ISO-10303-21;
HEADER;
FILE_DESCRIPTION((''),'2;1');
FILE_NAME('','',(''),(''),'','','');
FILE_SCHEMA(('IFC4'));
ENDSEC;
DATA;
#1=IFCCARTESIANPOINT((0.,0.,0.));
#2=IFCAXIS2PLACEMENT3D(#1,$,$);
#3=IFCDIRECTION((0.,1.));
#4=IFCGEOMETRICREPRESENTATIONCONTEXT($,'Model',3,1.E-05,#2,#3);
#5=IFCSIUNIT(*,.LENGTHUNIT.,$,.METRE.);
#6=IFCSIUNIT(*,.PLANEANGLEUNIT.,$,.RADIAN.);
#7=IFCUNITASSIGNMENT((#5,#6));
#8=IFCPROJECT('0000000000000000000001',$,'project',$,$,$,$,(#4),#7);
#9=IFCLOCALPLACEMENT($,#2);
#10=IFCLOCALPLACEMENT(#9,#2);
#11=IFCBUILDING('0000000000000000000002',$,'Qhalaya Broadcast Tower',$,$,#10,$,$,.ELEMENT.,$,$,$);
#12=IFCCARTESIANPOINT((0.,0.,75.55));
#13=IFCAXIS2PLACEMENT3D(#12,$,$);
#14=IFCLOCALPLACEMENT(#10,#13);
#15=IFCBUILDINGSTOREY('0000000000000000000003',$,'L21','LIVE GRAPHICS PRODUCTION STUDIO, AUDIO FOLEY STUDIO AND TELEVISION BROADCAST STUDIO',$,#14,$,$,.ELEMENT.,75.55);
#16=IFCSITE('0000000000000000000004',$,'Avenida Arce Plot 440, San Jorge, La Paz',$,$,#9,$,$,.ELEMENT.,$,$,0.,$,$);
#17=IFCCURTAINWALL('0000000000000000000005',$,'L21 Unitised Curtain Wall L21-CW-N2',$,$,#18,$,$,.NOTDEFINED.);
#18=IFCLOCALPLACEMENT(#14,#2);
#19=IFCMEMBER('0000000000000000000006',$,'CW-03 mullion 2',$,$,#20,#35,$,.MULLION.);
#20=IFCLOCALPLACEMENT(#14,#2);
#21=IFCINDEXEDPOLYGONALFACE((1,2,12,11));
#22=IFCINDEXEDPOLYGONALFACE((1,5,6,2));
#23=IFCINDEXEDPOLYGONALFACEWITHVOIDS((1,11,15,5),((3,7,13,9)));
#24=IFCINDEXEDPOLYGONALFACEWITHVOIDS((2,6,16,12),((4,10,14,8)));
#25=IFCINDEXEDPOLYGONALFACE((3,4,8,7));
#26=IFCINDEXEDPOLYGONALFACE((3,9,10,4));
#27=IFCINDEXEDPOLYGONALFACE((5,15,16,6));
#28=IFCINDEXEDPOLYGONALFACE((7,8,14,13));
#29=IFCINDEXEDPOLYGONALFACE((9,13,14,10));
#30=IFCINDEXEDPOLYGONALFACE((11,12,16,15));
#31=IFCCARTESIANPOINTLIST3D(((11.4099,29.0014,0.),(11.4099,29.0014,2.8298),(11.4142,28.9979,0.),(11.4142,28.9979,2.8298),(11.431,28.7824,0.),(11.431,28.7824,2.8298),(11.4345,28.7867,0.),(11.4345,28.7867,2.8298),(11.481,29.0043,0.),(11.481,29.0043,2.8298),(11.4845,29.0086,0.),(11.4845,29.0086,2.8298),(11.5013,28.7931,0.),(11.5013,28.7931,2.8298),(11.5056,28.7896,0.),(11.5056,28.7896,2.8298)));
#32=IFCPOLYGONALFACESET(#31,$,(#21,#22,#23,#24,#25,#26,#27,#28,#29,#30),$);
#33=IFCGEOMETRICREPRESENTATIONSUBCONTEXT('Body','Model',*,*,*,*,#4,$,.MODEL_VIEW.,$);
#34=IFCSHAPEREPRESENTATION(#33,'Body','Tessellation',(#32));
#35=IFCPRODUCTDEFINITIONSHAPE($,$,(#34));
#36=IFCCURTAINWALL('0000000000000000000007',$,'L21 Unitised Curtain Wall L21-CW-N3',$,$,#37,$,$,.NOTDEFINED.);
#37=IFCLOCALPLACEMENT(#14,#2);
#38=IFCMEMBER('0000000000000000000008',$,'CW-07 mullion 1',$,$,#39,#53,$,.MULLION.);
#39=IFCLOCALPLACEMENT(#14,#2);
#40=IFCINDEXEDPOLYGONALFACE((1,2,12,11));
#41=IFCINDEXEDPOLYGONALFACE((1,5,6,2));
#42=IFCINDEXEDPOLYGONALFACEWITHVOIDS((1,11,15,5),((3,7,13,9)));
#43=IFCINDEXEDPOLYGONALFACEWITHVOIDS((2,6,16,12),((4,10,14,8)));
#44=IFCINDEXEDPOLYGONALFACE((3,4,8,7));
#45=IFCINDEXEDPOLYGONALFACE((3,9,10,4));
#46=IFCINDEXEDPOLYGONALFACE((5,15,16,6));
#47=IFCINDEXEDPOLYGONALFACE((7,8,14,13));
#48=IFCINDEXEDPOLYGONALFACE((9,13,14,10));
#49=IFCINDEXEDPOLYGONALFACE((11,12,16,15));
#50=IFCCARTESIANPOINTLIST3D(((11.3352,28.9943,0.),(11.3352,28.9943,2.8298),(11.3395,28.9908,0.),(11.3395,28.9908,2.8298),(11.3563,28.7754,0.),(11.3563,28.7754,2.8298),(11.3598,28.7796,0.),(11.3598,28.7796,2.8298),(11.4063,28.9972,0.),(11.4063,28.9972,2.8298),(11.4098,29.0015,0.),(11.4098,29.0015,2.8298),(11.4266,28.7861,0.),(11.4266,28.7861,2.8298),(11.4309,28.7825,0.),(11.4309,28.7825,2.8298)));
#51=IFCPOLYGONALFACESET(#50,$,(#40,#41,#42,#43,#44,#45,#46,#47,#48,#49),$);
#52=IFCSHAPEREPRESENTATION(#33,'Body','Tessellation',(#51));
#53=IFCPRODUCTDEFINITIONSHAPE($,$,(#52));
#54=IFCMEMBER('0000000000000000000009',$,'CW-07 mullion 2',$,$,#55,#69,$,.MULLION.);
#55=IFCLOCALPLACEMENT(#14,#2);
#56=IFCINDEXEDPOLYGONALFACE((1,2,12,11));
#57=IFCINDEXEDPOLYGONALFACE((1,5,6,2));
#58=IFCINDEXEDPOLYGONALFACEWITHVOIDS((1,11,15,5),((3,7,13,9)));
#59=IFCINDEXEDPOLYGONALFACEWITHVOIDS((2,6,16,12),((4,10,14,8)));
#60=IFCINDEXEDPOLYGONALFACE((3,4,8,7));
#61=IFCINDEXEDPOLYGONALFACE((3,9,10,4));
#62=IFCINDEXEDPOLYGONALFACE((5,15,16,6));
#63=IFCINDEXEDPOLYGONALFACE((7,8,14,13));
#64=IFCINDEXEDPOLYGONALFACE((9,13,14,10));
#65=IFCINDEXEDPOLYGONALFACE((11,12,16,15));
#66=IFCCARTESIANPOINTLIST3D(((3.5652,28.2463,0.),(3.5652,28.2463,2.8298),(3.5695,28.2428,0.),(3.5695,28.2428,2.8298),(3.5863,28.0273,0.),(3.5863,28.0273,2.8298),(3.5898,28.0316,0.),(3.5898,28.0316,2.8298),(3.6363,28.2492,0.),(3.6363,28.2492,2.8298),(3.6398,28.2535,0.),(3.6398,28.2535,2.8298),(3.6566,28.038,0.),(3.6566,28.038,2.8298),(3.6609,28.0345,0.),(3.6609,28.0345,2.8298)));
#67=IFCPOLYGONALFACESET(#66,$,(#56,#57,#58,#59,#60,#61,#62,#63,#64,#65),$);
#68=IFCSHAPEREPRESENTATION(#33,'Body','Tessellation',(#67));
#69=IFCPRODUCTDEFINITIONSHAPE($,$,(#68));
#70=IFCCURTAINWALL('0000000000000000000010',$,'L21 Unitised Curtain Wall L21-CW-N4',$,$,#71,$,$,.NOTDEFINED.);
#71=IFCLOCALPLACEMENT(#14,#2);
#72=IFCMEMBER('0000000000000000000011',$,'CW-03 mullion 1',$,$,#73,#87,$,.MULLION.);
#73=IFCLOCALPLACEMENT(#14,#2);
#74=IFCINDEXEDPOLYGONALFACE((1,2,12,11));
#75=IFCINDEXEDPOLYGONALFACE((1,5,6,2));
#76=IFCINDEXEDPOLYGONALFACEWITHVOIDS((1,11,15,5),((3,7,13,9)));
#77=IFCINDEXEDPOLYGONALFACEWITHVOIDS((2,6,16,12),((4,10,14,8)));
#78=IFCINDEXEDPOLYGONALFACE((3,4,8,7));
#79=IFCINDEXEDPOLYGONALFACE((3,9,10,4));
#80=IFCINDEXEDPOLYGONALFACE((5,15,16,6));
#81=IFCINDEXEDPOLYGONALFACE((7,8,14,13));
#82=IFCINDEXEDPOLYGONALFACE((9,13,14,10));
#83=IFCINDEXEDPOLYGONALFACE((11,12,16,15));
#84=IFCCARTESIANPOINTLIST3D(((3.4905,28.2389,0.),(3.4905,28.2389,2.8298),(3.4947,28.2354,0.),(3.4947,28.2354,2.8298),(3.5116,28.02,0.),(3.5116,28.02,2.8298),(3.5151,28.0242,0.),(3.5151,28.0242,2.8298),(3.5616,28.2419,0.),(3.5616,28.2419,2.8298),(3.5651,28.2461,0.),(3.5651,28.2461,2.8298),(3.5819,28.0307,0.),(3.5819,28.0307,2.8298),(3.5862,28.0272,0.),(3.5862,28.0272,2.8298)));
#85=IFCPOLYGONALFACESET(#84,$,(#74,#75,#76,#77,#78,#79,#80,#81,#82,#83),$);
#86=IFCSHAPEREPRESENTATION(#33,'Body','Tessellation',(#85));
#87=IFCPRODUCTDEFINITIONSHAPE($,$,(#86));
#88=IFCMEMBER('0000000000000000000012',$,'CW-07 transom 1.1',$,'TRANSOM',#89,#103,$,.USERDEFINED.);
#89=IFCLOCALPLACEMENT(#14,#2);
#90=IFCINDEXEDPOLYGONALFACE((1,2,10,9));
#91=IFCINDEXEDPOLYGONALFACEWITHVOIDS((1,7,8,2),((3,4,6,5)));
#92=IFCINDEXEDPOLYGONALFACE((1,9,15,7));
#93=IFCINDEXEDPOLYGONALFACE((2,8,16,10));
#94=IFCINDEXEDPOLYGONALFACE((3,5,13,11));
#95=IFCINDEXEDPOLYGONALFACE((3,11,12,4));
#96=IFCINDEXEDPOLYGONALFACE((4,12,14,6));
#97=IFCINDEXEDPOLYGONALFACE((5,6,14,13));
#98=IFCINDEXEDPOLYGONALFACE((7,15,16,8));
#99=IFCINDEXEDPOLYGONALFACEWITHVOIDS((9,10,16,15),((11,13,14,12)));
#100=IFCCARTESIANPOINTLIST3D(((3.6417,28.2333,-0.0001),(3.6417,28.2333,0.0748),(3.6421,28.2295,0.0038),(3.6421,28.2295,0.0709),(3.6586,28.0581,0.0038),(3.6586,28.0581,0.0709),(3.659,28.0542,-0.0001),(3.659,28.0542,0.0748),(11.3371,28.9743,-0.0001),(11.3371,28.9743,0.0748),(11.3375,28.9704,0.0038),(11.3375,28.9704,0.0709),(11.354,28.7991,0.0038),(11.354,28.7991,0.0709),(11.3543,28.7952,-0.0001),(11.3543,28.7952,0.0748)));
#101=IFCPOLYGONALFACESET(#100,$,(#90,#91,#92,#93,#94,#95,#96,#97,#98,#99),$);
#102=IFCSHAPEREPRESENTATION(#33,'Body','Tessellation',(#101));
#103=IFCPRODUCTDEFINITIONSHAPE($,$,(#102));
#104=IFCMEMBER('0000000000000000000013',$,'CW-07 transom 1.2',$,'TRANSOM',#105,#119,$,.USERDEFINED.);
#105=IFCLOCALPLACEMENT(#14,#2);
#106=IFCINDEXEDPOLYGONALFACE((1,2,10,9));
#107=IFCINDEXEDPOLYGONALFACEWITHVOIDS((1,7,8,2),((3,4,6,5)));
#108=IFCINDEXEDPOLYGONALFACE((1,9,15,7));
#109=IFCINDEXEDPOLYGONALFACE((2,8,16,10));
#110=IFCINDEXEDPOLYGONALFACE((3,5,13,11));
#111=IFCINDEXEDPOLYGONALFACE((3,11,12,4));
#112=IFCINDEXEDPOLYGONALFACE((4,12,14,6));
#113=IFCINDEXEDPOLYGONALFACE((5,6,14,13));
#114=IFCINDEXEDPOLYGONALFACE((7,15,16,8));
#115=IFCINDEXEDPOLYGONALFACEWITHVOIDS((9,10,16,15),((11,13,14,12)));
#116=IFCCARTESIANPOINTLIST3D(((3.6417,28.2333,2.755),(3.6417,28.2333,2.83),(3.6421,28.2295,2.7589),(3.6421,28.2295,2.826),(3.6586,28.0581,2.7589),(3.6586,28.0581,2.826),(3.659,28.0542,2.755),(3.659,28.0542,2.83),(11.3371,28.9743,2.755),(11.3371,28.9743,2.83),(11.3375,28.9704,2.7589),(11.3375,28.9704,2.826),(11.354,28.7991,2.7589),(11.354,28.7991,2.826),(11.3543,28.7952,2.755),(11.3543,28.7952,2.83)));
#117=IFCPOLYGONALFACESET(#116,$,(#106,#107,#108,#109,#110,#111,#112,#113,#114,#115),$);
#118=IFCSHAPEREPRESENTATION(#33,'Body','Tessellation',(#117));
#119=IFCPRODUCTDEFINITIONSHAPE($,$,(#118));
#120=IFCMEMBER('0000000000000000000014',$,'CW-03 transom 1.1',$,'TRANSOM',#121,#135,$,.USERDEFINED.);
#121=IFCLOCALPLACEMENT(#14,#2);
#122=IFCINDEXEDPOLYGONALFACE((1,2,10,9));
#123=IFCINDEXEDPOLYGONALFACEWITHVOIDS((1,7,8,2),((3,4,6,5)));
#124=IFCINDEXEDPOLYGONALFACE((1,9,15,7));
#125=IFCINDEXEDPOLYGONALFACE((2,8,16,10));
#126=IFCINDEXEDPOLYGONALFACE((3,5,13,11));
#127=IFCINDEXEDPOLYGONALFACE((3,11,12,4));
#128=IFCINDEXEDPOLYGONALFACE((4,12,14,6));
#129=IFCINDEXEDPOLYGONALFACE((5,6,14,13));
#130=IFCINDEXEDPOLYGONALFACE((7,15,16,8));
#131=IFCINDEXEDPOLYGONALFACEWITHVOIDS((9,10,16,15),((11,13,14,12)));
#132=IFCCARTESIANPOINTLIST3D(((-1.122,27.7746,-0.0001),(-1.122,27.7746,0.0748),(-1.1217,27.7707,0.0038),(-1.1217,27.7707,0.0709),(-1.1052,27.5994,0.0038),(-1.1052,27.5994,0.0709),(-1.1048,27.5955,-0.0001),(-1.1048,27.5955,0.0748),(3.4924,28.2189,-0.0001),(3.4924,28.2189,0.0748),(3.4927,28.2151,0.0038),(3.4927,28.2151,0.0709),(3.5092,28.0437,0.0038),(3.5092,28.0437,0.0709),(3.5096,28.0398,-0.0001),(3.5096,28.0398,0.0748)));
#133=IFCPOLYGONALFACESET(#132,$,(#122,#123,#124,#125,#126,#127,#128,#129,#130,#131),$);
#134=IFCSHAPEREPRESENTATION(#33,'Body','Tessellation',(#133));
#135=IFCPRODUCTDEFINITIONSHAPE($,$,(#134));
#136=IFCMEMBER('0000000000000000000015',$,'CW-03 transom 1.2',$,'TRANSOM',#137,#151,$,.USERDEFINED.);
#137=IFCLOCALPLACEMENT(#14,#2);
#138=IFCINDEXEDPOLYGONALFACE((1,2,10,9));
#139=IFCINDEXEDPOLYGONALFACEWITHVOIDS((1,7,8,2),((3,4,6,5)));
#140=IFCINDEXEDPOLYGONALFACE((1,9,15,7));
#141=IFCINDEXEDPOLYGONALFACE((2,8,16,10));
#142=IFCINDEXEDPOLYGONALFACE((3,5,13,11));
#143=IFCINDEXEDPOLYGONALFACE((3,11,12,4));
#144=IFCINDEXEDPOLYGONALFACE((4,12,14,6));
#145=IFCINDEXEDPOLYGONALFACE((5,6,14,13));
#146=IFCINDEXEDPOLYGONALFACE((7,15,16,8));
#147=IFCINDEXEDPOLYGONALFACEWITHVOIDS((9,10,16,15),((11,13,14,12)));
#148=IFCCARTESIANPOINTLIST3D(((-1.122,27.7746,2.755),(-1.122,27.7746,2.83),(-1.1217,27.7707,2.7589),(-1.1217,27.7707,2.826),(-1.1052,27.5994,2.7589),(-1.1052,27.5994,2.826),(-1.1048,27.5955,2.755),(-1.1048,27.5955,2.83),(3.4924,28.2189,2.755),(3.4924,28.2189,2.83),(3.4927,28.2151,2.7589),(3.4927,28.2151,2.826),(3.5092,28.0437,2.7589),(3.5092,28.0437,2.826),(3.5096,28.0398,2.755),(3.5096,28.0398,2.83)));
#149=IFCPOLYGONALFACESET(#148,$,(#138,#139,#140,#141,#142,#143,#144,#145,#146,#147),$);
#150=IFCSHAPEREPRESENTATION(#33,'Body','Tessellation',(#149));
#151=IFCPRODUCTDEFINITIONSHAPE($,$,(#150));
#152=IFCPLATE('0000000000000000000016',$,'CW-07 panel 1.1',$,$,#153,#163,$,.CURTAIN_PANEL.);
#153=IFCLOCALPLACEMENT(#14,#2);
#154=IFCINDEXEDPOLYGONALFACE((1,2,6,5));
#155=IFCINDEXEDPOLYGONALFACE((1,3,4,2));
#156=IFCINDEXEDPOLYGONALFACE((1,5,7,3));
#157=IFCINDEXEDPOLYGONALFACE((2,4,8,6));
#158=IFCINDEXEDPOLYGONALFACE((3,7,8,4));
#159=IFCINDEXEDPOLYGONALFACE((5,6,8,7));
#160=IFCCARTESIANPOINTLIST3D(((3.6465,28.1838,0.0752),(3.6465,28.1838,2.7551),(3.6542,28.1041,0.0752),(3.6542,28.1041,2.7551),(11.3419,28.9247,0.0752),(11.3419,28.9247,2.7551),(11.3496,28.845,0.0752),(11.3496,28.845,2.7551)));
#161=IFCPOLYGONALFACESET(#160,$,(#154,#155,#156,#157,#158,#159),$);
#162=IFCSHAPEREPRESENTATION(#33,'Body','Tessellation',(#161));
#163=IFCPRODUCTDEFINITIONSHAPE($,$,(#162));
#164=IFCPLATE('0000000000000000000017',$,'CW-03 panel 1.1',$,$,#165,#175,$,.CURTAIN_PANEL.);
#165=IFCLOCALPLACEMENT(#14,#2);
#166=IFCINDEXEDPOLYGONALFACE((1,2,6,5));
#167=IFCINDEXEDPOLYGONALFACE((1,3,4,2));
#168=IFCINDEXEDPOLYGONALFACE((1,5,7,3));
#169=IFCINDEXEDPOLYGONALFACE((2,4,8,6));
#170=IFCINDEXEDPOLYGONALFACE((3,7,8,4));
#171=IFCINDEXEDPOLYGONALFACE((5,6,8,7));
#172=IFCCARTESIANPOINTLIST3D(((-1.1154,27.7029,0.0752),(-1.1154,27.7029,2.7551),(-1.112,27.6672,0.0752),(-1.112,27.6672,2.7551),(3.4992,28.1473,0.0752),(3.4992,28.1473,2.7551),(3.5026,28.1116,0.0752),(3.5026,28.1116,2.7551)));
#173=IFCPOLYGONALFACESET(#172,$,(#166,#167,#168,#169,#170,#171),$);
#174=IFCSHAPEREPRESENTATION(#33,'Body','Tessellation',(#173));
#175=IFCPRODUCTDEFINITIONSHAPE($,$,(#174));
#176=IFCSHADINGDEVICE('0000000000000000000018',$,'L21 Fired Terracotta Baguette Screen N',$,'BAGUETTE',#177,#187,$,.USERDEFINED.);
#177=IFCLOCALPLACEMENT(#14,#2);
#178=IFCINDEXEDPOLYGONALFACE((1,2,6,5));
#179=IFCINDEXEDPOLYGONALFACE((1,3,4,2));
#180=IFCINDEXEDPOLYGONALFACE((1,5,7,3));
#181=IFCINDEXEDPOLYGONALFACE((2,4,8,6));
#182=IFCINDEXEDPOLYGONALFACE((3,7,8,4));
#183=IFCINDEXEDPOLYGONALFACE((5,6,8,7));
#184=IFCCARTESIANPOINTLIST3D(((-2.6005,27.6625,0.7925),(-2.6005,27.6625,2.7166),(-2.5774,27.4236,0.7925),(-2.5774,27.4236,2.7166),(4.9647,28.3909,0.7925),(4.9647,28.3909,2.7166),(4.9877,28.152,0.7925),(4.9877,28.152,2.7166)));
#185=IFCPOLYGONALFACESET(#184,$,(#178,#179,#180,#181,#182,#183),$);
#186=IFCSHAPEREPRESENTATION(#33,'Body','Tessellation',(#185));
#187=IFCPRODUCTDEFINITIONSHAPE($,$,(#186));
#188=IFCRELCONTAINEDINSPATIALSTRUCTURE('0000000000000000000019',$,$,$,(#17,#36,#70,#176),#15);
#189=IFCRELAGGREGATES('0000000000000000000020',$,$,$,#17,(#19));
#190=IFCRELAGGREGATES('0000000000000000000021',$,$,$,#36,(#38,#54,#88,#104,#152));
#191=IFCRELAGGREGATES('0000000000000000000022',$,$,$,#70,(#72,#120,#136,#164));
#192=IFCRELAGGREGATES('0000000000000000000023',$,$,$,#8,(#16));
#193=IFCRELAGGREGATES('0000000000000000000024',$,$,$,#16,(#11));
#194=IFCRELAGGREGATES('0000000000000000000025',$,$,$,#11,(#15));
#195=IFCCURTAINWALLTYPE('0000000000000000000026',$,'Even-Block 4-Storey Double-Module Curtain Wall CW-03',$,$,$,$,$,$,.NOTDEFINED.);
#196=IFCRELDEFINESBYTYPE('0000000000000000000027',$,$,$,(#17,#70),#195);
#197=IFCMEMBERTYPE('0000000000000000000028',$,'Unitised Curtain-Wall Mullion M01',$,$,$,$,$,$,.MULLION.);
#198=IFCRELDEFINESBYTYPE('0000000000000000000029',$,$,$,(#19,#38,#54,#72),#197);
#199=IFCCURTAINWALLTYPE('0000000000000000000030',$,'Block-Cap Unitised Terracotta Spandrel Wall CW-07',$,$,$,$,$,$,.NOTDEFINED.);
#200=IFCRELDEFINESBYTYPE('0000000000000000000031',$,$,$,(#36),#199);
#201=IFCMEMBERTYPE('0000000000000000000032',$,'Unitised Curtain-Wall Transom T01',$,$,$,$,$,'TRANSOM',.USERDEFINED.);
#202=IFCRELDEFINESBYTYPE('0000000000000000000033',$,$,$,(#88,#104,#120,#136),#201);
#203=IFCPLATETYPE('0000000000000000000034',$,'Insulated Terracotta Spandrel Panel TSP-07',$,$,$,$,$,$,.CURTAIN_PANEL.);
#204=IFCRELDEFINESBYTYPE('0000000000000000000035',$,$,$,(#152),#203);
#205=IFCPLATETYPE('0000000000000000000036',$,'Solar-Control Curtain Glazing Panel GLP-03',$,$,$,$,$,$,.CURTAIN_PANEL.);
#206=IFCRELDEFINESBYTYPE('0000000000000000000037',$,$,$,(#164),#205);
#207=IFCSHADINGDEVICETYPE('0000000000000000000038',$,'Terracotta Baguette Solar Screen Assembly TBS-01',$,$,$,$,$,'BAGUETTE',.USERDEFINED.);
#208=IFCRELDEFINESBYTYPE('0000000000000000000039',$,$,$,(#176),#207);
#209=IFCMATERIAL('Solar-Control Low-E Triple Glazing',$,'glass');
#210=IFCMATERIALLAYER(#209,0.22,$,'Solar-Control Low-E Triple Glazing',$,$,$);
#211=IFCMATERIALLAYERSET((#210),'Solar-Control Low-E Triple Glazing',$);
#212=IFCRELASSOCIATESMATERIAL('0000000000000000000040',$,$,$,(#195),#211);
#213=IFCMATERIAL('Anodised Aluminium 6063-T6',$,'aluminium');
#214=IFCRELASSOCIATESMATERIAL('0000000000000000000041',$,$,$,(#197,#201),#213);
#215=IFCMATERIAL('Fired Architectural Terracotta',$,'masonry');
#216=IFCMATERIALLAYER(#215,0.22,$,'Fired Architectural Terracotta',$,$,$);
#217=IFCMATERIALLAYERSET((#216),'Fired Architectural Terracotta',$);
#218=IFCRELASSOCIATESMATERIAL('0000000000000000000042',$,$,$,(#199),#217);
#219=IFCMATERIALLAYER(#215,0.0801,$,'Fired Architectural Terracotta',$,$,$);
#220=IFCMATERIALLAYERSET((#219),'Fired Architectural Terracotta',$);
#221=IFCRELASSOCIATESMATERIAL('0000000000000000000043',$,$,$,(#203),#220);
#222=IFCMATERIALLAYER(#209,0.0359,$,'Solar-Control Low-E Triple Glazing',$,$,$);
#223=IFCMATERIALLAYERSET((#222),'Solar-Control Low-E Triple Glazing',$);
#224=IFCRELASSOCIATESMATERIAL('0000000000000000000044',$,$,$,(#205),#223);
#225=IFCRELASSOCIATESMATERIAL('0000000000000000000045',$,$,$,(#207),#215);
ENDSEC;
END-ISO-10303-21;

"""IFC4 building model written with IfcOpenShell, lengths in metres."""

from ifc_helpers import new_model, si_unit, direction, frame, origin, origin_2d, place, context, subcontext, project, spatial, rectangle, hollow_rectangle, extrude, material, layer, layer_set, material_profile, profile_set, type_object, element, aggregate, save


model = new_model("IFC4")

# Units and contexts
model_context = context("Model", 3, precision=1e-05, world=origin(), true_north=direction((0.0, 1.0)))
body_context = subcontext(model_context, "Body", "Model", "MODEL_VIEW")
ifc_project = project(units=[si_unit("LENGTHUNIT", "METRE"), si_unit("PLANEANGLEUNIT", "RADIAN")], contexts=[model_context])

# Site, building, storey
site_placement = place(None, origin())
site = spatial("IfcSite", under=ifc_project, at=site_placement, Name="Avenida Arce Plot 440, San Jorge, La Paz", CompositionType="ELEMENT", RefElevation=0.0)
building_placement = place(site_placement, origin())
building = spatial("IfcBuilding", under=site, at=building_placement, Name="Qhalaya Broadcast Tower", CompositionType="ELEMENT")
storey_placement = place(building_placement, frame((0.0, 0.0, 75.55)))
storey = spatial("IfcBuildingStorey", under=building, at=storey_placement, Name="L21", Description="LIVE GRAPHICS PRODUCTION STUDIO, AUDIO FOLEY STUDIO AND TELEVISION BROADCAST STUDIO", CompositionType="ELEMENT", Elevation=75.55)

# Curtain wall, member
ifc_material_1 = material(Name="Solar-Control Low-E Triple Glazing", Category="glass")
ifc_layer_1 = layer(ifc_material_1, 0.22, Name="Solar-Control Low-E Triple Glazing")
ifc_layer_set_1 = layer_set([ifc_layer_1], Name="Solar-Control Low-E Triple Glazing")
curtain_wall_type_1 = type_object("IfcCurtainWallType", Name="Even-Block 4-Storey Double-Module Curtain Wall CW-03", PredefinedType="NOTDEFINED", material=ifc_layer_set_1)
curtain_wall_1_placement = place(storey_placement, origin())
curtain_wall_1 = element("IfcCurtainWall", 1, at=curtain_wall_1_placement, inside=storey, type_object=curtain_wall_type_1, Name="L21 Unitised Curtain Wall L21-CW-N2", PredefinedType="NOTDEFINED")
ifc_material_2 = material(Name="Anodised Aluminium 6063-T6", Category="aluminium")
ifc_material_profile_1 = material_profile(ifc_material_2, hollow_rectangle(XDim=0.075, YDim=0.22, WallThickness=0.0039, at=origin_2d()), Name="ALU-MUL 75x220x4")
ifc_profile_set_1 = profile_set([ifc_material_profile_1], Name="Anodised Aluminium 6063-T6")
member_type_1 = type_object("IfcMemberType", Name="Unitised Curtain-Wall Mullion M01", PredefinedType="MULLION", material=ifc_profile_set_1)
member_1_placement = place(storey_placement, frame((11.4578, 28.8955, 0.0), z_axis=(0.0, 0.0, 1.0), x_axis=(-0.995395, -0.095862, 0.0)))
member_1 = element("IfcMember", 2, at=member_1_placement, type_object=member_type_1, Name="CW-03 mullion 2", PredefinedType="MULLION", context=body_context, shape_type="SweptSolid", body=[
    extrude(hollow_rectangle(XDim=0.075, YDim=0.22, WallThickness=0.0039, at=origin_2d()), origin(), (0.0, 0.0, 1.0), 2.8298),
])
aggregate(curtain_wall_1, [member_1])

# Curtain wall, members
ifc_material_3 = material(Name="Fired Architectural Terracotta", Category="masonry")
ifc_layer_2 = layer(ifc_material_3, 0.22, Name="Fired Architectural Terracotta")
ifc_layer_set_2 = layer_set([ifc_layer_2], Name="Fired Architectural Terracotta")
curtain_wall_type_2 = type_object("IfcCurtainWallType", Name="Block-Cap Unitised Terracotta Spandrel Wall CW-07", PredefinedType="NOTDEFINED", material=ifc_layer_set_2)
curtain_wall_2_placement = place(storey_placement, origin())
curtain_wall_2 = element("IfcCurtainWall", 3, at=curtain_wall_2_placement, inside=storey, type_object=curtain_wall_type_2, Name="L21 Unitised Curtain Wall L21-CW-N3", PredefinedType="NOTDEFINED")
member_2_placement = place(storey_placement, frame((11.3831, 28.8884, 0.0), z_axis=(0.0, 0.0, 1.0), x_axis=(-0.995397, -0.095838, 0.0)))
member_2 = element("IfcMember", 4, at=member_2_placement, type_object=member_type_1, Name="CW-07 mullion 1", PredefinedType="MULLION", context=body_context, shape_type="SweptSolid", body=[
    extrude(hollow_rectangle(XDim=0.075, YDim=0.22, WallThickness=0.0039, at=origin_2d()), origin(), (0.0, 0.0, 1.0), 2.8298),
])
member_3_placement = place(storey_placement, frame((3.613, 28.1404, 0.0), z_axis=(0.0, 0.0, 1.0), x_axis=(-0.995397, -0.095838, 0.0)))
member_3 = element("IfcMember", 5, at=member_3_placement, type_object=member_type_1, Name="CW-07 mullion 2", PredefinedType="MULLION", context=body_context, shape_type="SweptSolid", body=[
    extrude(hollow_rectangle(XDim=0.075, YDim=0.22, WallThickness=0.0039, at=origin_2d()), origin(), (0.0, 0.0, 1.0), 2.8298),
])

# Curtain wall, member
curtain_wall_3_placement = place(storey_placement, origin())
curtain_wall_3 = element("IfcCurtainWall", 6, at=curtain_wall_3_placement, inside=storey, type_object=curtain_wall_type_1, Name="L21 Unitised Curtain Wall L21-CW-N4", PredefinedType="NOTDEFINED")
member_4_placement = place(storey_placement, frame((3.5383, 28.1331, 0.0), z_axis=(0.0, 0.0, 1.0), x_axis=(-0.995395, -0.095862, 0.0)))
member_4 = element("IfcMember", 7, at=member_4_placement, type_object=member_type_1, Name="CW-03 mullion 1", PredefinedType="MULLION", context=body_context, shape_type="SweptSolid", body=[
    extrude(hollow_rectangle(XDim=0.075, YDim=0.22, WallThickness=0.0039, at=origin_2d()), origin(), (0.0, 0.0, 1.0), 2.8298),
])

# Members
ifc_material_profile_2 = material_profile(ifc_material_2, hollow_rectangle(XDim=0.075, YDim=0.1799, WallThickness=0.0039, at=origin_2d()), Name="ALU-TRN 75x180x4")
ifc_profile_set_2 = profile_set([ifc_material_profile_2], Name="Anodised Aluminium 6063-T6")
member_type_2 = type_object("IfcMemberType", Name="Unitised Curtain-Wall Transom T01", ElementType="TRANSOM", PredefinedType="USERDEFINED", material=ifc_profile_set_2)
member_5_placement = place(storey_placement, frame((11.3457, 28.8848, 0.0374), z_axis=(-0.995396, -0.095845, 0.0), x_axis=(0.0, 0.0, 1.0)))
member_5 = element("IfcMember", 8, at=member_5_placement, type_object=member_type_2, Name="CW-07 transom 1.1", ObjectType="TRANSOM", PredefinedType="USERDEFINED", context=body_context, shape_type="SweptSolid", body=[
    extrude(hollow_rectangle(XDim=0.075, YDim=0.1799, WallThickness=0.0039, at=origin_2d()), origin(), (0.0, 0.0, 1.0), 7.731),
])
member_6_placement = place(storey_placement, frame((11.3457, 28.8848, 2.7925), z_axis=(-0.995396, -0.095845, 0.0), x_axis=(0.0, 0.0, 1.0)))
member_6 = element("IfcMember", 9, at=member_6_placement, type_object=member_type_2, Name="CW-07 transom 1.2", ObjectType="TRANSOM", PredefinedType="USERDEFINED", context=body_context, shape_type="SweptSolid", body=[
    extrude(hollow_rectangle(XDim=0.075, YDim=0.1799, WallThickness=0.0039, at=origin_2d()), origin(), (0.0, 0.0, 1.0), 7.731),
])
member_7_placement = place(storey_placement, frame((3.501, 28.1294, 0.0374), z_axis=(-0.995396, -0.095848, 0.0), x_axis=(0.0, 0.0, 1.0)))
member_7 = element("IfcMember", 10, at=member_7_placement, type_object=member_type_2, Name="CW-03 transom 1.1", ObjectType="TRANSOM", PredefinedType="USERDEFINED", context=body_context, shape_type="SweptSolid", body=[
    extrude(hollow_rectangle(XDim=0.075, YDim=0.1799, WallThickness=0.0039, at=origin_2d()), origin(), (0.0, 0.0, 1.0), 4.6357),
])
member_8_placement = place(storey_placement, frame((3.501, 28.1294, 2.7925), z_axis=(-0.995396, -0.095848, 0.0), x_axis=(0.0, 0.0, 1.0)))
member_8 = element("IfcMember", 11, at=member_8_placement, type_object=member_type_2, Name="CW-03 transom 1.2", ObjectType="TRANSOM", PredefinedType="USERDEFINED", context=body_context, shape_type="SweptSolid", body=[
    extrude(hollow_rectangle(XDim=0.075, YDim=0.1799, WallThickness=0.0039, at=origin_2d()), origin(), (0.0, 0.0, 1.0), 4.6357),
])

# Plates
ifc_layer_3 = layer(ifc_material_3, 0.0801, Name="Fired Architectural Terracotta")
ifc_layer_set_3 = layer_set([ifc_layer_3], Name="Fired Architectural Terracotta")
plate_type_1 = type_object("IfcPlateType", Name="Insulated Terracotta Spandrel Panel TSP-07", PredefinedType="CURTAIN_PANEL", material=ifc_layer_set_3)
plate_1_placement = place(storey_placement, frame((7.498, 28.5144, 0.0752), z_axis=(0.0, 0.0, 1.0), x_axis=(-0.995397, -0.095838, 0.0)))
plate_1 = element("IfcPlate", 12, at=plate_1_placement, type_object=plate_type_1, Name="CW-07 panel 1.1", PredefinedType="CURTAIN_PANEL", context=body_context, shape_type="SweptSolid", body=[
    extrude(rectangle(XDim=7.731, YDim=0.0801, at=origin_2d()), origin(), (0.0, 0.0, 1.0), 2.6799),
])
aggregate(curtain_wall_2, [member_2, member_3, member_5, member_6, plate_1])
ifc_layer_4 = layer(ifc_material_1, 0.0359, Name="Solar-Control Low-E Triple Glazing")
ifc_layer_set_4 = layer_set([ifc_layer_4], Name="Solar-Control Low-E Triple Glazing")
plate_type_2 = type_object("IfcPlateType", Name="Solar-Control Curtain Glazing Panel GLP-03", PredefinedType="CURTAIN_PANEL", material=ifc_layer_set_4)
plate_2_placement = place(storey_placement, frame((1.1936, 27.9072, 0.0752), z_axis=(0.0, 0.0, 1.0), x_axis=(-0.995395, -0.095862, 0.0)))
plate_2 = element("IfcPlate", 13, at=plate_2_placement, type_object=plate_type_2, Name="CW-03 panel 1.1", PredefinedType="CURTAIN_PANEL", context=body_context, shape_type="SweptSolid", body=[
    extrude(rectangle(XDim=4.636, YDim=0.0359, at=origin_2d()), origin(), (0.0, 0.0, 1.0), 2.6799),
])
aggregate(curtain_wall_3, [member_4, member_7, member_8, plate_2])

# Shading device
shading_device_type = type_object("IfcShadingDeviceType", Name="Terracotta Baguette Solar Screen Assembly TBS-01", ElementType="BAGUETTE", PredefinedType="USERDEFINED", material=ifc_material_3)
shading_device_placement = place(storey_placement, frame((1.1936, 27.9072, 0.7925), z_axis=(0.0, 0.0, 1.0), x_axis=(-0.995396, -0.095846, 0.0)))
element("IfcShadingDevice", 14, at=shading_device_placement, inside=storey, type_object=shading_device_type, Name="L21 Fired Terracotta Baguette Screen N", ObjectType="BAGUETTE", PredefinedType="USERDEFINED", context=body_context, shape_type="SweptSolid", body=[
    extrude(rectangle(XDim=7.6001, YDim=0.24, at=origin_2d()), origin(), (0.0, 0.0, 1.0), 1.9241),
])

save(model, "model.ifc")
